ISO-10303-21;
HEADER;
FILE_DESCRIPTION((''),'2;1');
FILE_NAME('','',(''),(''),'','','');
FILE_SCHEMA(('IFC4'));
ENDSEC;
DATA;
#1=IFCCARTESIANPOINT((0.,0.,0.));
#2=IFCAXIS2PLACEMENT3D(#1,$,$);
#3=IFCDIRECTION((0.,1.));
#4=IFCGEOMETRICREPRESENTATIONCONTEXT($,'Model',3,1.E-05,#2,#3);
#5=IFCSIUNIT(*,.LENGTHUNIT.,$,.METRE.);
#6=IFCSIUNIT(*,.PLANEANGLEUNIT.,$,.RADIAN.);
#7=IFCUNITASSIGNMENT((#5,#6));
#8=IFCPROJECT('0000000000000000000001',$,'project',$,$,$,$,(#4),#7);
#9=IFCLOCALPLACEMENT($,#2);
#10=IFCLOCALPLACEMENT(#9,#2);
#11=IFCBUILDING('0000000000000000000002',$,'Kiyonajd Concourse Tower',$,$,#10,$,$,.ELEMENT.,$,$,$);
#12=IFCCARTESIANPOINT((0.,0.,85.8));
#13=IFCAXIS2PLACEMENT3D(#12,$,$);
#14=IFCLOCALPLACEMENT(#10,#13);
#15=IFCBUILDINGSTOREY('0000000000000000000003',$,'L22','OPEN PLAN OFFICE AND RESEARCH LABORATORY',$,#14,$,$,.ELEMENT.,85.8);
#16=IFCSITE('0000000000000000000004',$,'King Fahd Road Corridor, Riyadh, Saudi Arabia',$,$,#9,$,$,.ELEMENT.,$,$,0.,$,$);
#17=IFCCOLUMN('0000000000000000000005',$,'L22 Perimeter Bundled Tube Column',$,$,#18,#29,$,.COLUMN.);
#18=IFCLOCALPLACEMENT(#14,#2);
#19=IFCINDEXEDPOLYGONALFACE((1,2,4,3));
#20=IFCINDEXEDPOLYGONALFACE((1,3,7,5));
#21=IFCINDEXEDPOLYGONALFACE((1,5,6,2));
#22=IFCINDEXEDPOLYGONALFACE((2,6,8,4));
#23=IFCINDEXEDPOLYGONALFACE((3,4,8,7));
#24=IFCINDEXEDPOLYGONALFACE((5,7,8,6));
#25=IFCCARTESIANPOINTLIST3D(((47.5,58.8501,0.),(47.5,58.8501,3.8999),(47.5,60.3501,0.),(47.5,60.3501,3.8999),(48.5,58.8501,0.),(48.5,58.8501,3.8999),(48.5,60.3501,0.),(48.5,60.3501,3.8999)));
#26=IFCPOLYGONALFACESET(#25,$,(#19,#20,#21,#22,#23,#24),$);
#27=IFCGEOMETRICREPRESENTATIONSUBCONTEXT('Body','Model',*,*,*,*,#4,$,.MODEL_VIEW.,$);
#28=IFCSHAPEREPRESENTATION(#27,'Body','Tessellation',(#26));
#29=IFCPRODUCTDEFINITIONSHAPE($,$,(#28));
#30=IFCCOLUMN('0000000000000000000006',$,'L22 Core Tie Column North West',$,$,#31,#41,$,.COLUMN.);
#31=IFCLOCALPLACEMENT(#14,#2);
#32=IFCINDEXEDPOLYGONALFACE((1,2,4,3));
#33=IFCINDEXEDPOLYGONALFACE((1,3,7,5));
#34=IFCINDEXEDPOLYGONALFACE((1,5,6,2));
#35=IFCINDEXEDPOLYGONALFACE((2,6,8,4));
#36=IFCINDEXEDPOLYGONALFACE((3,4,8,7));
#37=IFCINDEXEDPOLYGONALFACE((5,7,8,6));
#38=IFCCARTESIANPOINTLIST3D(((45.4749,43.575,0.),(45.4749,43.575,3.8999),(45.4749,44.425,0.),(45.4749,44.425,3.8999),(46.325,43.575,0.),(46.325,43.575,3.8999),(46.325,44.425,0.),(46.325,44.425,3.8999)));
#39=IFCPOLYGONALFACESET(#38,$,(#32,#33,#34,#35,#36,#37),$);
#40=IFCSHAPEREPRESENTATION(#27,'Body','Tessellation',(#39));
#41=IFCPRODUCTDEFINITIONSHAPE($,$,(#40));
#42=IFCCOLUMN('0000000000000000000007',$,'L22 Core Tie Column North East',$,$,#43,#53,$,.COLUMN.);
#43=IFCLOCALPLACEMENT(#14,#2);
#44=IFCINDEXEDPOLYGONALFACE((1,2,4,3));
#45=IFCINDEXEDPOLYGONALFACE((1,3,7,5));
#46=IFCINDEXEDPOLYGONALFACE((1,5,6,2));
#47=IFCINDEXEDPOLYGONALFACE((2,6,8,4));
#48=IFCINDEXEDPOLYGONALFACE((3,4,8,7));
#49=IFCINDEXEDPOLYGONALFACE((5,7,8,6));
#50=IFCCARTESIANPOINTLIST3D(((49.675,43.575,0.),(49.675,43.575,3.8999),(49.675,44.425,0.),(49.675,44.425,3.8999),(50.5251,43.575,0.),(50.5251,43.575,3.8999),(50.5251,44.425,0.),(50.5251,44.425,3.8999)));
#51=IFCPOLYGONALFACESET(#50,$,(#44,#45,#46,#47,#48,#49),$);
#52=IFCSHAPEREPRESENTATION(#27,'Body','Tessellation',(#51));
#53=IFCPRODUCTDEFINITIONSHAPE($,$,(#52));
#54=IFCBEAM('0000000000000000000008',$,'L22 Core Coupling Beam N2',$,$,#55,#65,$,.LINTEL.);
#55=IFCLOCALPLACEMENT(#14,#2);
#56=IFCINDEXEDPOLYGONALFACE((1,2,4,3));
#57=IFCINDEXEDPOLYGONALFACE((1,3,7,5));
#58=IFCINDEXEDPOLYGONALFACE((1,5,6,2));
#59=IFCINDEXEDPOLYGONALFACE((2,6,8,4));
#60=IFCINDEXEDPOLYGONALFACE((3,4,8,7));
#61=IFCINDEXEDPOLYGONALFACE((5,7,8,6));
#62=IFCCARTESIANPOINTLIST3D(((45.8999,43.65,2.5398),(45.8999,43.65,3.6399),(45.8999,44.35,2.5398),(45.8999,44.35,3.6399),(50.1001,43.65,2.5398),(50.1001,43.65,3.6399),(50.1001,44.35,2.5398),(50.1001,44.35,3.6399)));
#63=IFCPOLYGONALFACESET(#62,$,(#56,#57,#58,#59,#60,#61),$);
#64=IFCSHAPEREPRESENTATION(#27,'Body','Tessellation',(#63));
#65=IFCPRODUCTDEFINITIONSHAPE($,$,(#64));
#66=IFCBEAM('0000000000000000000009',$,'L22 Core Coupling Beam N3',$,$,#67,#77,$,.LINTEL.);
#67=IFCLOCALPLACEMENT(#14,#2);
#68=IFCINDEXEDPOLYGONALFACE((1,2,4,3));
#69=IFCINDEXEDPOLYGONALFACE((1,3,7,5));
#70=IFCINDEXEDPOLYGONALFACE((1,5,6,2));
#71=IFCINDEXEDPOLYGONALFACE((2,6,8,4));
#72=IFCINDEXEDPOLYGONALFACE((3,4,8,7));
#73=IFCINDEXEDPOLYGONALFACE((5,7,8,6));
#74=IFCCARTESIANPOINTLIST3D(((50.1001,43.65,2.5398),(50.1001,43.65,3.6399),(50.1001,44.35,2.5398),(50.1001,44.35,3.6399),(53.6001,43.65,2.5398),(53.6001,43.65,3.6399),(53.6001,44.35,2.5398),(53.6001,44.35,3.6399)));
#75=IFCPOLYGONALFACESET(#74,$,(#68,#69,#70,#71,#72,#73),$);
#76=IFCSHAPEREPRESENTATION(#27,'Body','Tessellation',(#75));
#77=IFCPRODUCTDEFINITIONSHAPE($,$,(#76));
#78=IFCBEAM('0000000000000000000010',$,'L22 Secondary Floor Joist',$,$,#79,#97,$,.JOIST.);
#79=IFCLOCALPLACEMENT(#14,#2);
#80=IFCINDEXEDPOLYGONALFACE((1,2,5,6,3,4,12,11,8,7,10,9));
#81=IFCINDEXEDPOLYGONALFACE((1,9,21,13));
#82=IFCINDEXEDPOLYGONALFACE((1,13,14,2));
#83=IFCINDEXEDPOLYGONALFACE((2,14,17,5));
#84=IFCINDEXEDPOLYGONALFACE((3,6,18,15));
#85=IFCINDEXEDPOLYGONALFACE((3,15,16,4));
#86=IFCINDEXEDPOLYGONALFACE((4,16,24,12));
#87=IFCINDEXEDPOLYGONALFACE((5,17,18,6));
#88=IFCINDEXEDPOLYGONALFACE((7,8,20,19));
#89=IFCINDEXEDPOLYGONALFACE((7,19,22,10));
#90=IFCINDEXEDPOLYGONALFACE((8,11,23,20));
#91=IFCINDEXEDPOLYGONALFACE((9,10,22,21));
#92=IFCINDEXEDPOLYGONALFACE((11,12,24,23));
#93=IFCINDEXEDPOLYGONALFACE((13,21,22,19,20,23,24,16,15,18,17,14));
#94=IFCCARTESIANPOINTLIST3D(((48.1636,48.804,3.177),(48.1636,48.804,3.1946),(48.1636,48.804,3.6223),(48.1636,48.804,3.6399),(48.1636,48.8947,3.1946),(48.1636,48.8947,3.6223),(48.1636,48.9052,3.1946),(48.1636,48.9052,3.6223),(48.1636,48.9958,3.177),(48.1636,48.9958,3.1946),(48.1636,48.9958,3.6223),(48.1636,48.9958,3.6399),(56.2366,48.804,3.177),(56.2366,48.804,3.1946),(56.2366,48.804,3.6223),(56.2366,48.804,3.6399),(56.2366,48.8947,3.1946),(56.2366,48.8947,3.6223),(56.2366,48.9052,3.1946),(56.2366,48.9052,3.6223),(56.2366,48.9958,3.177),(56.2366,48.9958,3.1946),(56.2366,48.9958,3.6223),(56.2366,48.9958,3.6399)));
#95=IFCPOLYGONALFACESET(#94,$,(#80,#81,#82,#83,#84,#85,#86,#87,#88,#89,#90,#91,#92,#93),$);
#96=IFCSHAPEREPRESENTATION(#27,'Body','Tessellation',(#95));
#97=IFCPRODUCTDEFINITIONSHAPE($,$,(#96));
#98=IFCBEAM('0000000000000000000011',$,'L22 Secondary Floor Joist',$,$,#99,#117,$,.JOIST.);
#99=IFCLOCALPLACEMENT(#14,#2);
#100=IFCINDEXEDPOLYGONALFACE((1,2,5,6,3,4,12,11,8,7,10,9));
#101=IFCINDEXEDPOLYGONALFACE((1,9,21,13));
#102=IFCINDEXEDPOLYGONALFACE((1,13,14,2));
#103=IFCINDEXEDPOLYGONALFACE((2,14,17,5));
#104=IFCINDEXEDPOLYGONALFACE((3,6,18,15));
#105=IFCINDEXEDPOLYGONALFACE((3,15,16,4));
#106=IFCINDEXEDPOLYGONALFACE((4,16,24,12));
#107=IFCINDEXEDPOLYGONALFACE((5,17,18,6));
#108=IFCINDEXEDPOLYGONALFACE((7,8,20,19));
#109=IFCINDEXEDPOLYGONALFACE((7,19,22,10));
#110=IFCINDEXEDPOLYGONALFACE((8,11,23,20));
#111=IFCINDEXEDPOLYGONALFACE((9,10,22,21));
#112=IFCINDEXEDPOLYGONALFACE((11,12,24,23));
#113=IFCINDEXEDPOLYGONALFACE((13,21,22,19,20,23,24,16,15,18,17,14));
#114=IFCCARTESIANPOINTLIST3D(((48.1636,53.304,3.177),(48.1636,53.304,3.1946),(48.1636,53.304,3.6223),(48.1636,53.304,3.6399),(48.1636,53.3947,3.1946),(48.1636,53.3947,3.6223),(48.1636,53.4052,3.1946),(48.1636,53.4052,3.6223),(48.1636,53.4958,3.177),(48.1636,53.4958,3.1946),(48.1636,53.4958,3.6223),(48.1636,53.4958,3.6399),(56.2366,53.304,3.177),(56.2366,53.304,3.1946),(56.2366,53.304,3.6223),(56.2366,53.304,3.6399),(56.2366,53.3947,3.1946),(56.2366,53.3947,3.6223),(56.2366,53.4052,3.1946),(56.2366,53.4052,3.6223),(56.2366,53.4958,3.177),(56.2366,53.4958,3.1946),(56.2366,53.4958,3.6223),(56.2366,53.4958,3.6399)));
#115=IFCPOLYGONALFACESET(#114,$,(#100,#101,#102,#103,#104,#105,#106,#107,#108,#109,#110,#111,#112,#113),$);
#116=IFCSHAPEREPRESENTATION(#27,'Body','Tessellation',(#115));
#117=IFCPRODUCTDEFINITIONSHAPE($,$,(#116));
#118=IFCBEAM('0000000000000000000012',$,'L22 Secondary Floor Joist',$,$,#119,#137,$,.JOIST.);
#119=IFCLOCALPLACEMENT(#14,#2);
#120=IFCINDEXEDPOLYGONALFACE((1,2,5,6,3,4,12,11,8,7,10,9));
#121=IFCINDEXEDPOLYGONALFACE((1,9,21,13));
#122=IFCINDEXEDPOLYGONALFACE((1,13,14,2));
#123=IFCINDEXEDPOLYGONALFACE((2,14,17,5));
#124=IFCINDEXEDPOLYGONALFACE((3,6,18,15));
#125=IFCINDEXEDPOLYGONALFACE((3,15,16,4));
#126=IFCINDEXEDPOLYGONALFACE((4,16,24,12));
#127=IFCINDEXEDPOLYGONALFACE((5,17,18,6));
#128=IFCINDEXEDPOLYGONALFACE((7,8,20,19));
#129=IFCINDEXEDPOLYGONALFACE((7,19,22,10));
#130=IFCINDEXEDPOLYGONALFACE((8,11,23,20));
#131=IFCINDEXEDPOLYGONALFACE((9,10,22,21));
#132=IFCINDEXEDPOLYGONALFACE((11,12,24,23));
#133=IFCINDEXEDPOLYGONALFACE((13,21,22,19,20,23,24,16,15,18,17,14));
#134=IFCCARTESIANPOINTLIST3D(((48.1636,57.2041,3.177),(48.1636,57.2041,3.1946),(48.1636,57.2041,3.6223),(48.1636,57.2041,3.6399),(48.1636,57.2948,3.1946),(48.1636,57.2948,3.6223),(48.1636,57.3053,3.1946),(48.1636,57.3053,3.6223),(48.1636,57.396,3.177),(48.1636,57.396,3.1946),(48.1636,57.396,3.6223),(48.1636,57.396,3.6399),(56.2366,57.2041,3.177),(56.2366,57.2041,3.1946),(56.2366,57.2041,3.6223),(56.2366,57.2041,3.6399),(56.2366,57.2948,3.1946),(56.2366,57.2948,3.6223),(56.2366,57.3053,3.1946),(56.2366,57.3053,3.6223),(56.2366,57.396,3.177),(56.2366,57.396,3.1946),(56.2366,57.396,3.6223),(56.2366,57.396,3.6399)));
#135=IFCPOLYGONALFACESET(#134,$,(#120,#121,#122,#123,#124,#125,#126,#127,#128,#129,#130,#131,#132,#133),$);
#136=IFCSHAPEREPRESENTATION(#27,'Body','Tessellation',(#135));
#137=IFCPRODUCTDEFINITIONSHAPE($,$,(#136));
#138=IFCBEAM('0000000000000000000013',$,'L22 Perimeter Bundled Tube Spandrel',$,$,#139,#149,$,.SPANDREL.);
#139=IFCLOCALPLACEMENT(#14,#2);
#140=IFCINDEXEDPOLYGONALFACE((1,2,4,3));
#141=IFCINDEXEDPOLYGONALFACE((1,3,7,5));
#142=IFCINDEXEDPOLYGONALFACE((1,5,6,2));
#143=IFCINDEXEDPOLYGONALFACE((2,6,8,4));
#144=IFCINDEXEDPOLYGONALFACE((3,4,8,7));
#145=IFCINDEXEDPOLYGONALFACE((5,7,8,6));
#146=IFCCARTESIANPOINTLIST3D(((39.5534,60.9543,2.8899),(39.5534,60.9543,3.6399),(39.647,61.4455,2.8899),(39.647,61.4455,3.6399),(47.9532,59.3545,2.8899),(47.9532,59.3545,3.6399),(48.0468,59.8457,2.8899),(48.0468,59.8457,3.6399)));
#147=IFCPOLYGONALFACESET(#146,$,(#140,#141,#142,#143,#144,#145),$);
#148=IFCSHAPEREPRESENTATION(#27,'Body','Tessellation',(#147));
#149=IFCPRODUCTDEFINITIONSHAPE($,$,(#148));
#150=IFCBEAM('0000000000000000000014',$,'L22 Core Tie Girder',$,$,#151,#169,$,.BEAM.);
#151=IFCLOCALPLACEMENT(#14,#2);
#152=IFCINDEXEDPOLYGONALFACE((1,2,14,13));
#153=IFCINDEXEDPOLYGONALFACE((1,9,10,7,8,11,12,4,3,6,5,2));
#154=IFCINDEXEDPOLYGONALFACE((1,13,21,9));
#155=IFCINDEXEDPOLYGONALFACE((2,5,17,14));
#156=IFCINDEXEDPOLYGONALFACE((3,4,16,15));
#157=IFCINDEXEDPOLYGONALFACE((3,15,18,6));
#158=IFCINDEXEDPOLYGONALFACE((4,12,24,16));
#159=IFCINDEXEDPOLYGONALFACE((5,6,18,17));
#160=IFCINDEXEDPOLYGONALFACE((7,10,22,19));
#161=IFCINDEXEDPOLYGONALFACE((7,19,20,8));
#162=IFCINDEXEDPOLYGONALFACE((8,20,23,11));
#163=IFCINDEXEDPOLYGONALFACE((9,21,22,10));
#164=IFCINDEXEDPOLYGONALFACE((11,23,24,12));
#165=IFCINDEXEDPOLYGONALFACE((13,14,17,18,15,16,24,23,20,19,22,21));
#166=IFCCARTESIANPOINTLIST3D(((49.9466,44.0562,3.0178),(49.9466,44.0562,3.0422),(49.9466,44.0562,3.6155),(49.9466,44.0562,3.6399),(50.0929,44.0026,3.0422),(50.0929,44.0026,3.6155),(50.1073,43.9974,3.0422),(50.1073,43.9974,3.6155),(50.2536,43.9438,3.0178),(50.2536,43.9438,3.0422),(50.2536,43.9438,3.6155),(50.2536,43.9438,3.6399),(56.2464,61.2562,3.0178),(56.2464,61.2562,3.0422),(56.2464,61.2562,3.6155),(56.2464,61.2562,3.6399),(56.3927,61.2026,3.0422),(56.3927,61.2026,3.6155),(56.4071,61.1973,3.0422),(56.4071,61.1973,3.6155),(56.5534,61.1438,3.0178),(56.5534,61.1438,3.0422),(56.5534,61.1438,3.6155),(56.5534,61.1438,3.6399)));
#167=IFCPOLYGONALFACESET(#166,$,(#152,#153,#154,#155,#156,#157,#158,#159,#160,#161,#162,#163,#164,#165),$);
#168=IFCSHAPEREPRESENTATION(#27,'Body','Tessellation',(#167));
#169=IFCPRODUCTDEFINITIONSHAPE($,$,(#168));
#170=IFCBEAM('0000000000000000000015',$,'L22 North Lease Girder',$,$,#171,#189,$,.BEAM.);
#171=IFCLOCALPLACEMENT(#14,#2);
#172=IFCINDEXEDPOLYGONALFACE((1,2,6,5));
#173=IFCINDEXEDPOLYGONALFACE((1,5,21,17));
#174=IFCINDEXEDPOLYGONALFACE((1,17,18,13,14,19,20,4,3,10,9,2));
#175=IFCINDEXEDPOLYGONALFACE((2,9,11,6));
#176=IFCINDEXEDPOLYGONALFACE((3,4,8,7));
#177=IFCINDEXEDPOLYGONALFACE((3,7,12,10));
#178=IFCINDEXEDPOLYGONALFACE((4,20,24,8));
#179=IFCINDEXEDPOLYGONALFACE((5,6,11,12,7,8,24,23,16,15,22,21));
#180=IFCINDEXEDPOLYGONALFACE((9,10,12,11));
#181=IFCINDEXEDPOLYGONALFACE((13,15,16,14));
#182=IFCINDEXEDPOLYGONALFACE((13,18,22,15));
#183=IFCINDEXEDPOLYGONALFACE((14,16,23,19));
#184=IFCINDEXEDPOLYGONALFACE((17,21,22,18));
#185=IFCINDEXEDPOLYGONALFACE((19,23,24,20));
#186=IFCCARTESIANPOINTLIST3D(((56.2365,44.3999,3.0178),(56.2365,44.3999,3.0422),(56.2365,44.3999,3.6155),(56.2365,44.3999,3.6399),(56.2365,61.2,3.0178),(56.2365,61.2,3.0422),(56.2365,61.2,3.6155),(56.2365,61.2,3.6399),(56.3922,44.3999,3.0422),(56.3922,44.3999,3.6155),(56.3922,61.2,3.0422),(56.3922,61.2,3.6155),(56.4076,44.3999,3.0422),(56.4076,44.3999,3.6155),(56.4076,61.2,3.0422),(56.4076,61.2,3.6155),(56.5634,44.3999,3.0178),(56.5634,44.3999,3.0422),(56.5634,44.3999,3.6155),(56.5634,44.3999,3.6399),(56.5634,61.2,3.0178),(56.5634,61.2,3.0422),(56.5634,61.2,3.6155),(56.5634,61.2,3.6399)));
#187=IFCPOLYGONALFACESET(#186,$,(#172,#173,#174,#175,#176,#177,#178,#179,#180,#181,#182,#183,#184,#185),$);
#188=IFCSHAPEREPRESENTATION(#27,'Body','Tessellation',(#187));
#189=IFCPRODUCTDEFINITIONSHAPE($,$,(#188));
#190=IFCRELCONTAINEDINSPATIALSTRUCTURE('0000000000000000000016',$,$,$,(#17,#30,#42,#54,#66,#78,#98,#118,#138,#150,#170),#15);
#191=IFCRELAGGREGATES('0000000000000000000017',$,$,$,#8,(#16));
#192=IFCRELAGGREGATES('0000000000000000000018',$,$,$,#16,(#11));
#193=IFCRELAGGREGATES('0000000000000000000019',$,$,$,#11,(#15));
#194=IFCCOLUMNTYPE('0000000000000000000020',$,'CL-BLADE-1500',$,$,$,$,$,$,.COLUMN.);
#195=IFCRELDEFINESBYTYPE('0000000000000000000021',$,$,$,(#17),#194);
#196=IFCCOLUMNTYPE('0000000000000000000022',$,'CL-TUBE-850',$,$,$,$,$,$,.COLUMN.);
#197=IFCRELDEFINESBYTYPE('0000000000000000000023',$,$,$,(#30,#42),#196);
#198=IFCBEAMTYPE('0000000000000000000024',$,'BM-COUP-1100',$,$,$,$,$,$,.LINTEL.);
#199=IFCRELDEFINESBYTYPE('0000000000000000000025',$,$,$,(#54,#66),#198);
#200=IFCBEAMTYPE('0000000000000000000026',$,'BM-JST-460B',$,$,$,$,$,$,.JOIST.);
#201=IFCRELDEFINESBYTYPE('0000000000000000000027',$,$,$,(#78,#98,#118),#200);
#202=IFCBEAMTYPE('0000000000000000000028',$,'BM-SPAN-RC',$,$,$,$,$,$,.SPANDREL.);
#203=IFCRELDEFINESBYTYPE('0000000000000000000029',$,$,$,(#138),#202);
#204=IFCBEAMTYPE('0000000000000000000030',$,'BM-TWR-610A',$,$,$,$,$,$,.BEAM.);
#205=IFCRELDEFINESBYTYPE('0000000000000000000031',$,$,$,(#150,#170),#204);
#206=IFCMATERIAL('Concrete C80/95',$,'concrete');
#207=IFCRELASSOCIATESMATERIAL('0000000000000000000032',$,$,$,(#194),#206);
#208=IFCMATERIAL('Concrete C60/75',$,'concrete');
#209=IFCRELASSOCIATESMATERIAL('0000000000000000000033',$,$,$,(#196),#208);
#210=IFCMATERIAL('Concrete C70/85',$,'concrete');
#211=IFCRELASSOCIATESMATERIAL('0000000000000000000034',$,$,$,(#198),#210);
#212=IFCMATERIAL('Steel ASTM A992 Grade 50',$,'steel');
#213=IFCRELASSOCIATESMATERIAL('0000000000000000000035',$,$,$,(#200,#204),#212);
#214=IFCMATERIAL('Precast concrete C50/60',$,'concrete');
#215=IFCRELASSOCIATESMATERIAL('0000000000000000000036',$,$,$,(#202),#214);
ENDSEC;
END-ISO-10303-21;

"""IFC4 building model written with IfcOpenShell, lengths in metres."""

from ifc_helpers import new_model, si_unit, direction, frame, origin, origin_2d, place, context, subcontext, project, spatial, rectangle, i_section, extrude, material, material_profile, profile_set, type_object, element, save


model = new_model("IFC4")

# Units and contexts
model_context = context("Model", 3, precision=1e-05, world=origin(), true_north=direction((0.0, 1.0)))
body_context = subcontext(model_context, "Body", "Model", "MODEL_VIEW")
ifc_project = project(units=[si_unit("LENGTHUNIT", "METRE"), si_unit("PLANEANGLEUNIT", "RADIAN")], contexts=[model_context])

# Site, building, storey
site_placement = place(None, origin())
site = spatial("IfcSite", under=ifc_project, at=site_placement, Name="King Fahd Road Corridor, Riyadh, Saudi Arabia", CompositionType="ELEMENT", RefElevation=0.0)
building_placement = place(site_placement, origin())
building = spatial("IfcBuilding", under=site, at=building_placement, Name="Kiyonajd Concourse Tower", CompositionType="ELEMENT")
storey_placement = place(building_placement, frame((0.0, 0.0, 85.8)))
storey = spatial("IfcBuildingStorey", under=building, at=storey_placement, Name="L22", Description="OPEN PLAN OFFICE AND RESEARCH LABORATORY", CompositionType="ELEMENT", Elevation=85.8)

# Columns
ifc_material_1 = material(Name="Concrete C80/95", Category="concrete")
ifc_material_profile_1 = material_profile(ifc_material_1, rectangle(XDim=1.0, YDim=1.5, at=origin_2d()), Name="RC-1500x1000")
ifc_profile_set_1 = profile_set([ifc_material_profile_1], Name="Concrete C80/95")
column_type_1 = type_object("IfcColumnType", Name="CL-BLADE-1500", PredefinedType="COLUMN", material=ifc_profile_set_1)
column_placement = place(storey_placement, frame((48.0, 59.6001, 0.0), z_axis=(0.0, 0.0, 1.0), x_axis=(1.0, 0.0, 0.0)))
element("IfcColumn", 1, at=column_placement, inside=storey, type_object=column_type_1, Name="L22 Perimeter Bundled Tube Column", PredefinedType="COLUMN", context=body_context, shape_type="SweptSolid", body=[
    extrude(rectangle(XDim=1.0, YDim=1.5, at=origin_2d()), origin(), (0.0, 0.0, 1.0), 3.8999),
])
ifc_material_2 = material(Name="Concrete C60/75", Category="concrete")
ifc_material_profile_2 = material_profile(ifc_material_2, rectangle(XDim=0.8501, YDim=0.8501, at=origin_2d()), Name="RC-850x850")
ifc_profile_set_2 = profile_set([ifc_material_profile_2], Name="Concrete C60/75")
column_type_2 = type_object("IfcColumnType", Name="CL-TUBE-850", PredefinedType="COLUMN", material=ifc_profile_set_2)
for number, where, z_axis, x_axis, name in (
    (2, (45.8999, 44.0, 0.0), (0.0, 0.0, 1.0), (1.0, 0.0, 0.0), "L22 Core Tie Column North West"),
    (3, (50.1001, 44.0, 0.0), (0.0, 0.0, 1.0), (1.0, 0.0, 0.0), "L22 Core Tie Column North East"),
):
    element("IfcColumn", number, at=place(storey_placement, frame(where, z_axis=z_axis, x_axis=x_axis)), inside=storey, type_object=column_type_2, Name=name, PredefinedType="COLUMN", context=body_context, shape_type="SweptSolid", body=[
        extrude(rectangle(XDim=0.8501, YDim=0.8501, at=origin_2d()), origin(), (0.0, 0.0, 1.0), 3.8999),
    ])

# Beams
ifc_material_3 = material(Name="Concrete C70/85", Category="concrete")
ifc_material_profile_3 = material_profile(ifc_material_3, rectangle(XDim=0.7, YDim=1.1001, at=origin_2d()), Name="RCBM-700x1100")
ifc_profile_set_3 = profile_set([ifc_material_profile_3], Name="Concrete C70/85")
beam_type_1 = type_object("IfcBeamType", Name="BM-COUP-1100", PredefinedType="LINTEL", material=ifc_profile_set_3)
beam_1_placement = place(storey_placement, frame((45.8999, 44.0, 3.0898), z_axis=(1.0, 0.0, 0.0), x_axis=(0.0, 1.0, 0.0)))
element("IfcBeam", 4, at=beam_1_placement, inside=storey, type_object=beam_type_1, Name="L22 Core Coupling Beam N2", PredefinedType="LINTEL", context=body_context, shape_type="SweptSolid", body=[
    extrude(rectangle(XDim=0.7, YDim=1.1001, at=origin_2d()), origin(), (0.0, 0.0, 1.0), 4.2002),
])
beam_2_placement = place(storey_placement, frame((50.1001, 44.0, 3.0898), z_axis=(1.0, 0.0, 0.0), x_axis=(0.0, 1.0, 0.0)))
element("IfcBeam", 5, at=beam_2_placement, inside=storey, type_object=beam_type_1, Name="L22 Core Coupling Beam N3", PredefinedType="LINTEL", context=body_context, shape_type="SweptSolid", body=[
    extrude(rectangle(XDim=0.7, YDim=1.1001, at=origin_2d()), origin(), (0.0, 0.0, 1.0), 3.5),
])
ifc_material_4 = material(Name="Steel ASTM A992 Grade 50", Category="steel")
ifc_material_profile_4 = material_profile(ifc_material_4, i_section(OverallWidth=0.1919, OverallDepth=0.4629, WebThickness=0.0105, FlangeThickness=0.0176, at=origin_2d()), Name="W460X89")
ifc_profile_set_4 = profile_set([ifc_material_profile_4], Name="Steel ASTM A992 Grade 50")
beam_type_2 = type_object("IfcBeamType", Name="BM-JST-460B", PredefinedType="JOIST", material=ifc_profile_set_4)
for number, where, z_axis, x_axis, name in (
    (6, (48.1636, 48.8999, 3.4084), (1.0, 0.0, 0.0), (0.0, 1.0, 0.0), "L22 Secondary Floor Joist"),
    (7, (48.1636, 53.3999, 3.4084), (1.0, 0.0, 0.0), (0.0, 1.0, 0.0), "L22 Secondary Floor Joist"),
    (8, (48.1636, 57.3, 3.4084), (1.0, 0.0, 0.0), (0.0, 1.0, 0.0), "L22 Secondary Floor Joist"),
):
    element("IfcBeam", number, at=place(storey_placement, frame(where, z_axis=z_axis, x_axis=x_axis)), inside=storey, type_object=beam_type_2, Name=name, PredefinedType="JOIST", context=body_context, shape_type="SweptSolid", body=[
        extrude(i_section(OverallWidth=0.1919, OverallDepth=0.4629, WebThickness=0.0105, FlangeThickness=0.0176, at=origin_2d()), origin(), (0.0, 0.0, 1.0), 8.073),
    ])
ifc_material_5 = material(Name="Precast concrete C50/60", Category="concrete")
ifc_material_profile_5 = material_profile(ifc_material_5, rectangle(XDim=0.5, YDim=0.75, at=origin_2d()), Name="RCBM-500x750")
ifc_profile_set_5 = profile_set([ifc_material_profile_5], Name="Precast concrete C50/60")
beam_type_3 = type_object("IfcBeamType", Name="BM-SPAN-RC", PredefinedType="SPANDREL", material=ifc_profile_set_5)
beam_3_placement = place(storey_placement, frame((48.0, 59.6001, 3.2649), z_axis=(-0.982341, 0.187098, 0.0), x_axis=(-0.187098, -0.982341, 0.0)))
element("IfcBeam", 9, at=beam_3_placement, inside=storey, type_object=beam_type_3, Name="L22 Perimeter Bundled Tube Spandrel", PredefinedType="SPANDREL", context=body_context, shape_type="SweptSolid", body=[
    extrude(rectangle(XDim=0.5, YDim=0.75, at=origin_2d()), origin(), (0.0, 0.0, 1.0), 8.5508),
])
ifc_material_profile_6 = material_profile(ifc_material_4, i_section(OverallWidth=0.3269, OverallDepth=0.6221, WebThickness=0.0154, FlangeThickness=0.0244, at=origin_2d()), Name="W610X195")
ifc_profile_set_6 = profile_set([ifc_material_profile_6], Name="Steel ASTM A992 Grade 50")
beam_type_4 = type_object("IfcBeamType", Name="BM-TWR-610A", PredefinedType="BEAM", material=ifc_profile_set_6)
beam_4_placement = place(storey_placement, frame((50.1001, 44.0, 3.3289), z_axis=(0.343925, 0.938997, 0.0), x_axis=(-0.938997, 0.343925, 0.0)))
element("IfcBeam", 10, at=beam_4_placement, inside=storey, type_object=beam_type_4, Name="L22 Core Tie Girder", PredefinedType="BEAM", context=body_context, shape_type="SweptSolid", body=[
    extrude(i_section(OverallWidth=0.3269, OverallDepth=0.6221, WebThickness=0.0154, FlangeThickness=0.0244, at=origin_2d()), origin(), (0.0, 0.0, 1.0), 18.3174),
])
beam_5_placement = place(storey_placement, frame((56.3999, 44.3999, 3.3289), z_axis=(0.0, 1.0, 0.0), x_axis=(-1.0, 0.0, 0.0)))
element("IfcBeam", 11, at=beam_5_placement, inside=storey, type_object=beam_type_4, Name="L22 North Lease Girder", PredefinedType="BEAM", context=body_context, shape_type="SweptSolid", body=[
    extrude(i_section(OverallWidth=0.3269, OverallDepth=0.6221, WebThickness=0.0154, FlangeThickness=0.0244, at=origin_2d()), origin(), (0.0, 0.0, 1.0), 16.8),
])

save(model, "model.ifc")
